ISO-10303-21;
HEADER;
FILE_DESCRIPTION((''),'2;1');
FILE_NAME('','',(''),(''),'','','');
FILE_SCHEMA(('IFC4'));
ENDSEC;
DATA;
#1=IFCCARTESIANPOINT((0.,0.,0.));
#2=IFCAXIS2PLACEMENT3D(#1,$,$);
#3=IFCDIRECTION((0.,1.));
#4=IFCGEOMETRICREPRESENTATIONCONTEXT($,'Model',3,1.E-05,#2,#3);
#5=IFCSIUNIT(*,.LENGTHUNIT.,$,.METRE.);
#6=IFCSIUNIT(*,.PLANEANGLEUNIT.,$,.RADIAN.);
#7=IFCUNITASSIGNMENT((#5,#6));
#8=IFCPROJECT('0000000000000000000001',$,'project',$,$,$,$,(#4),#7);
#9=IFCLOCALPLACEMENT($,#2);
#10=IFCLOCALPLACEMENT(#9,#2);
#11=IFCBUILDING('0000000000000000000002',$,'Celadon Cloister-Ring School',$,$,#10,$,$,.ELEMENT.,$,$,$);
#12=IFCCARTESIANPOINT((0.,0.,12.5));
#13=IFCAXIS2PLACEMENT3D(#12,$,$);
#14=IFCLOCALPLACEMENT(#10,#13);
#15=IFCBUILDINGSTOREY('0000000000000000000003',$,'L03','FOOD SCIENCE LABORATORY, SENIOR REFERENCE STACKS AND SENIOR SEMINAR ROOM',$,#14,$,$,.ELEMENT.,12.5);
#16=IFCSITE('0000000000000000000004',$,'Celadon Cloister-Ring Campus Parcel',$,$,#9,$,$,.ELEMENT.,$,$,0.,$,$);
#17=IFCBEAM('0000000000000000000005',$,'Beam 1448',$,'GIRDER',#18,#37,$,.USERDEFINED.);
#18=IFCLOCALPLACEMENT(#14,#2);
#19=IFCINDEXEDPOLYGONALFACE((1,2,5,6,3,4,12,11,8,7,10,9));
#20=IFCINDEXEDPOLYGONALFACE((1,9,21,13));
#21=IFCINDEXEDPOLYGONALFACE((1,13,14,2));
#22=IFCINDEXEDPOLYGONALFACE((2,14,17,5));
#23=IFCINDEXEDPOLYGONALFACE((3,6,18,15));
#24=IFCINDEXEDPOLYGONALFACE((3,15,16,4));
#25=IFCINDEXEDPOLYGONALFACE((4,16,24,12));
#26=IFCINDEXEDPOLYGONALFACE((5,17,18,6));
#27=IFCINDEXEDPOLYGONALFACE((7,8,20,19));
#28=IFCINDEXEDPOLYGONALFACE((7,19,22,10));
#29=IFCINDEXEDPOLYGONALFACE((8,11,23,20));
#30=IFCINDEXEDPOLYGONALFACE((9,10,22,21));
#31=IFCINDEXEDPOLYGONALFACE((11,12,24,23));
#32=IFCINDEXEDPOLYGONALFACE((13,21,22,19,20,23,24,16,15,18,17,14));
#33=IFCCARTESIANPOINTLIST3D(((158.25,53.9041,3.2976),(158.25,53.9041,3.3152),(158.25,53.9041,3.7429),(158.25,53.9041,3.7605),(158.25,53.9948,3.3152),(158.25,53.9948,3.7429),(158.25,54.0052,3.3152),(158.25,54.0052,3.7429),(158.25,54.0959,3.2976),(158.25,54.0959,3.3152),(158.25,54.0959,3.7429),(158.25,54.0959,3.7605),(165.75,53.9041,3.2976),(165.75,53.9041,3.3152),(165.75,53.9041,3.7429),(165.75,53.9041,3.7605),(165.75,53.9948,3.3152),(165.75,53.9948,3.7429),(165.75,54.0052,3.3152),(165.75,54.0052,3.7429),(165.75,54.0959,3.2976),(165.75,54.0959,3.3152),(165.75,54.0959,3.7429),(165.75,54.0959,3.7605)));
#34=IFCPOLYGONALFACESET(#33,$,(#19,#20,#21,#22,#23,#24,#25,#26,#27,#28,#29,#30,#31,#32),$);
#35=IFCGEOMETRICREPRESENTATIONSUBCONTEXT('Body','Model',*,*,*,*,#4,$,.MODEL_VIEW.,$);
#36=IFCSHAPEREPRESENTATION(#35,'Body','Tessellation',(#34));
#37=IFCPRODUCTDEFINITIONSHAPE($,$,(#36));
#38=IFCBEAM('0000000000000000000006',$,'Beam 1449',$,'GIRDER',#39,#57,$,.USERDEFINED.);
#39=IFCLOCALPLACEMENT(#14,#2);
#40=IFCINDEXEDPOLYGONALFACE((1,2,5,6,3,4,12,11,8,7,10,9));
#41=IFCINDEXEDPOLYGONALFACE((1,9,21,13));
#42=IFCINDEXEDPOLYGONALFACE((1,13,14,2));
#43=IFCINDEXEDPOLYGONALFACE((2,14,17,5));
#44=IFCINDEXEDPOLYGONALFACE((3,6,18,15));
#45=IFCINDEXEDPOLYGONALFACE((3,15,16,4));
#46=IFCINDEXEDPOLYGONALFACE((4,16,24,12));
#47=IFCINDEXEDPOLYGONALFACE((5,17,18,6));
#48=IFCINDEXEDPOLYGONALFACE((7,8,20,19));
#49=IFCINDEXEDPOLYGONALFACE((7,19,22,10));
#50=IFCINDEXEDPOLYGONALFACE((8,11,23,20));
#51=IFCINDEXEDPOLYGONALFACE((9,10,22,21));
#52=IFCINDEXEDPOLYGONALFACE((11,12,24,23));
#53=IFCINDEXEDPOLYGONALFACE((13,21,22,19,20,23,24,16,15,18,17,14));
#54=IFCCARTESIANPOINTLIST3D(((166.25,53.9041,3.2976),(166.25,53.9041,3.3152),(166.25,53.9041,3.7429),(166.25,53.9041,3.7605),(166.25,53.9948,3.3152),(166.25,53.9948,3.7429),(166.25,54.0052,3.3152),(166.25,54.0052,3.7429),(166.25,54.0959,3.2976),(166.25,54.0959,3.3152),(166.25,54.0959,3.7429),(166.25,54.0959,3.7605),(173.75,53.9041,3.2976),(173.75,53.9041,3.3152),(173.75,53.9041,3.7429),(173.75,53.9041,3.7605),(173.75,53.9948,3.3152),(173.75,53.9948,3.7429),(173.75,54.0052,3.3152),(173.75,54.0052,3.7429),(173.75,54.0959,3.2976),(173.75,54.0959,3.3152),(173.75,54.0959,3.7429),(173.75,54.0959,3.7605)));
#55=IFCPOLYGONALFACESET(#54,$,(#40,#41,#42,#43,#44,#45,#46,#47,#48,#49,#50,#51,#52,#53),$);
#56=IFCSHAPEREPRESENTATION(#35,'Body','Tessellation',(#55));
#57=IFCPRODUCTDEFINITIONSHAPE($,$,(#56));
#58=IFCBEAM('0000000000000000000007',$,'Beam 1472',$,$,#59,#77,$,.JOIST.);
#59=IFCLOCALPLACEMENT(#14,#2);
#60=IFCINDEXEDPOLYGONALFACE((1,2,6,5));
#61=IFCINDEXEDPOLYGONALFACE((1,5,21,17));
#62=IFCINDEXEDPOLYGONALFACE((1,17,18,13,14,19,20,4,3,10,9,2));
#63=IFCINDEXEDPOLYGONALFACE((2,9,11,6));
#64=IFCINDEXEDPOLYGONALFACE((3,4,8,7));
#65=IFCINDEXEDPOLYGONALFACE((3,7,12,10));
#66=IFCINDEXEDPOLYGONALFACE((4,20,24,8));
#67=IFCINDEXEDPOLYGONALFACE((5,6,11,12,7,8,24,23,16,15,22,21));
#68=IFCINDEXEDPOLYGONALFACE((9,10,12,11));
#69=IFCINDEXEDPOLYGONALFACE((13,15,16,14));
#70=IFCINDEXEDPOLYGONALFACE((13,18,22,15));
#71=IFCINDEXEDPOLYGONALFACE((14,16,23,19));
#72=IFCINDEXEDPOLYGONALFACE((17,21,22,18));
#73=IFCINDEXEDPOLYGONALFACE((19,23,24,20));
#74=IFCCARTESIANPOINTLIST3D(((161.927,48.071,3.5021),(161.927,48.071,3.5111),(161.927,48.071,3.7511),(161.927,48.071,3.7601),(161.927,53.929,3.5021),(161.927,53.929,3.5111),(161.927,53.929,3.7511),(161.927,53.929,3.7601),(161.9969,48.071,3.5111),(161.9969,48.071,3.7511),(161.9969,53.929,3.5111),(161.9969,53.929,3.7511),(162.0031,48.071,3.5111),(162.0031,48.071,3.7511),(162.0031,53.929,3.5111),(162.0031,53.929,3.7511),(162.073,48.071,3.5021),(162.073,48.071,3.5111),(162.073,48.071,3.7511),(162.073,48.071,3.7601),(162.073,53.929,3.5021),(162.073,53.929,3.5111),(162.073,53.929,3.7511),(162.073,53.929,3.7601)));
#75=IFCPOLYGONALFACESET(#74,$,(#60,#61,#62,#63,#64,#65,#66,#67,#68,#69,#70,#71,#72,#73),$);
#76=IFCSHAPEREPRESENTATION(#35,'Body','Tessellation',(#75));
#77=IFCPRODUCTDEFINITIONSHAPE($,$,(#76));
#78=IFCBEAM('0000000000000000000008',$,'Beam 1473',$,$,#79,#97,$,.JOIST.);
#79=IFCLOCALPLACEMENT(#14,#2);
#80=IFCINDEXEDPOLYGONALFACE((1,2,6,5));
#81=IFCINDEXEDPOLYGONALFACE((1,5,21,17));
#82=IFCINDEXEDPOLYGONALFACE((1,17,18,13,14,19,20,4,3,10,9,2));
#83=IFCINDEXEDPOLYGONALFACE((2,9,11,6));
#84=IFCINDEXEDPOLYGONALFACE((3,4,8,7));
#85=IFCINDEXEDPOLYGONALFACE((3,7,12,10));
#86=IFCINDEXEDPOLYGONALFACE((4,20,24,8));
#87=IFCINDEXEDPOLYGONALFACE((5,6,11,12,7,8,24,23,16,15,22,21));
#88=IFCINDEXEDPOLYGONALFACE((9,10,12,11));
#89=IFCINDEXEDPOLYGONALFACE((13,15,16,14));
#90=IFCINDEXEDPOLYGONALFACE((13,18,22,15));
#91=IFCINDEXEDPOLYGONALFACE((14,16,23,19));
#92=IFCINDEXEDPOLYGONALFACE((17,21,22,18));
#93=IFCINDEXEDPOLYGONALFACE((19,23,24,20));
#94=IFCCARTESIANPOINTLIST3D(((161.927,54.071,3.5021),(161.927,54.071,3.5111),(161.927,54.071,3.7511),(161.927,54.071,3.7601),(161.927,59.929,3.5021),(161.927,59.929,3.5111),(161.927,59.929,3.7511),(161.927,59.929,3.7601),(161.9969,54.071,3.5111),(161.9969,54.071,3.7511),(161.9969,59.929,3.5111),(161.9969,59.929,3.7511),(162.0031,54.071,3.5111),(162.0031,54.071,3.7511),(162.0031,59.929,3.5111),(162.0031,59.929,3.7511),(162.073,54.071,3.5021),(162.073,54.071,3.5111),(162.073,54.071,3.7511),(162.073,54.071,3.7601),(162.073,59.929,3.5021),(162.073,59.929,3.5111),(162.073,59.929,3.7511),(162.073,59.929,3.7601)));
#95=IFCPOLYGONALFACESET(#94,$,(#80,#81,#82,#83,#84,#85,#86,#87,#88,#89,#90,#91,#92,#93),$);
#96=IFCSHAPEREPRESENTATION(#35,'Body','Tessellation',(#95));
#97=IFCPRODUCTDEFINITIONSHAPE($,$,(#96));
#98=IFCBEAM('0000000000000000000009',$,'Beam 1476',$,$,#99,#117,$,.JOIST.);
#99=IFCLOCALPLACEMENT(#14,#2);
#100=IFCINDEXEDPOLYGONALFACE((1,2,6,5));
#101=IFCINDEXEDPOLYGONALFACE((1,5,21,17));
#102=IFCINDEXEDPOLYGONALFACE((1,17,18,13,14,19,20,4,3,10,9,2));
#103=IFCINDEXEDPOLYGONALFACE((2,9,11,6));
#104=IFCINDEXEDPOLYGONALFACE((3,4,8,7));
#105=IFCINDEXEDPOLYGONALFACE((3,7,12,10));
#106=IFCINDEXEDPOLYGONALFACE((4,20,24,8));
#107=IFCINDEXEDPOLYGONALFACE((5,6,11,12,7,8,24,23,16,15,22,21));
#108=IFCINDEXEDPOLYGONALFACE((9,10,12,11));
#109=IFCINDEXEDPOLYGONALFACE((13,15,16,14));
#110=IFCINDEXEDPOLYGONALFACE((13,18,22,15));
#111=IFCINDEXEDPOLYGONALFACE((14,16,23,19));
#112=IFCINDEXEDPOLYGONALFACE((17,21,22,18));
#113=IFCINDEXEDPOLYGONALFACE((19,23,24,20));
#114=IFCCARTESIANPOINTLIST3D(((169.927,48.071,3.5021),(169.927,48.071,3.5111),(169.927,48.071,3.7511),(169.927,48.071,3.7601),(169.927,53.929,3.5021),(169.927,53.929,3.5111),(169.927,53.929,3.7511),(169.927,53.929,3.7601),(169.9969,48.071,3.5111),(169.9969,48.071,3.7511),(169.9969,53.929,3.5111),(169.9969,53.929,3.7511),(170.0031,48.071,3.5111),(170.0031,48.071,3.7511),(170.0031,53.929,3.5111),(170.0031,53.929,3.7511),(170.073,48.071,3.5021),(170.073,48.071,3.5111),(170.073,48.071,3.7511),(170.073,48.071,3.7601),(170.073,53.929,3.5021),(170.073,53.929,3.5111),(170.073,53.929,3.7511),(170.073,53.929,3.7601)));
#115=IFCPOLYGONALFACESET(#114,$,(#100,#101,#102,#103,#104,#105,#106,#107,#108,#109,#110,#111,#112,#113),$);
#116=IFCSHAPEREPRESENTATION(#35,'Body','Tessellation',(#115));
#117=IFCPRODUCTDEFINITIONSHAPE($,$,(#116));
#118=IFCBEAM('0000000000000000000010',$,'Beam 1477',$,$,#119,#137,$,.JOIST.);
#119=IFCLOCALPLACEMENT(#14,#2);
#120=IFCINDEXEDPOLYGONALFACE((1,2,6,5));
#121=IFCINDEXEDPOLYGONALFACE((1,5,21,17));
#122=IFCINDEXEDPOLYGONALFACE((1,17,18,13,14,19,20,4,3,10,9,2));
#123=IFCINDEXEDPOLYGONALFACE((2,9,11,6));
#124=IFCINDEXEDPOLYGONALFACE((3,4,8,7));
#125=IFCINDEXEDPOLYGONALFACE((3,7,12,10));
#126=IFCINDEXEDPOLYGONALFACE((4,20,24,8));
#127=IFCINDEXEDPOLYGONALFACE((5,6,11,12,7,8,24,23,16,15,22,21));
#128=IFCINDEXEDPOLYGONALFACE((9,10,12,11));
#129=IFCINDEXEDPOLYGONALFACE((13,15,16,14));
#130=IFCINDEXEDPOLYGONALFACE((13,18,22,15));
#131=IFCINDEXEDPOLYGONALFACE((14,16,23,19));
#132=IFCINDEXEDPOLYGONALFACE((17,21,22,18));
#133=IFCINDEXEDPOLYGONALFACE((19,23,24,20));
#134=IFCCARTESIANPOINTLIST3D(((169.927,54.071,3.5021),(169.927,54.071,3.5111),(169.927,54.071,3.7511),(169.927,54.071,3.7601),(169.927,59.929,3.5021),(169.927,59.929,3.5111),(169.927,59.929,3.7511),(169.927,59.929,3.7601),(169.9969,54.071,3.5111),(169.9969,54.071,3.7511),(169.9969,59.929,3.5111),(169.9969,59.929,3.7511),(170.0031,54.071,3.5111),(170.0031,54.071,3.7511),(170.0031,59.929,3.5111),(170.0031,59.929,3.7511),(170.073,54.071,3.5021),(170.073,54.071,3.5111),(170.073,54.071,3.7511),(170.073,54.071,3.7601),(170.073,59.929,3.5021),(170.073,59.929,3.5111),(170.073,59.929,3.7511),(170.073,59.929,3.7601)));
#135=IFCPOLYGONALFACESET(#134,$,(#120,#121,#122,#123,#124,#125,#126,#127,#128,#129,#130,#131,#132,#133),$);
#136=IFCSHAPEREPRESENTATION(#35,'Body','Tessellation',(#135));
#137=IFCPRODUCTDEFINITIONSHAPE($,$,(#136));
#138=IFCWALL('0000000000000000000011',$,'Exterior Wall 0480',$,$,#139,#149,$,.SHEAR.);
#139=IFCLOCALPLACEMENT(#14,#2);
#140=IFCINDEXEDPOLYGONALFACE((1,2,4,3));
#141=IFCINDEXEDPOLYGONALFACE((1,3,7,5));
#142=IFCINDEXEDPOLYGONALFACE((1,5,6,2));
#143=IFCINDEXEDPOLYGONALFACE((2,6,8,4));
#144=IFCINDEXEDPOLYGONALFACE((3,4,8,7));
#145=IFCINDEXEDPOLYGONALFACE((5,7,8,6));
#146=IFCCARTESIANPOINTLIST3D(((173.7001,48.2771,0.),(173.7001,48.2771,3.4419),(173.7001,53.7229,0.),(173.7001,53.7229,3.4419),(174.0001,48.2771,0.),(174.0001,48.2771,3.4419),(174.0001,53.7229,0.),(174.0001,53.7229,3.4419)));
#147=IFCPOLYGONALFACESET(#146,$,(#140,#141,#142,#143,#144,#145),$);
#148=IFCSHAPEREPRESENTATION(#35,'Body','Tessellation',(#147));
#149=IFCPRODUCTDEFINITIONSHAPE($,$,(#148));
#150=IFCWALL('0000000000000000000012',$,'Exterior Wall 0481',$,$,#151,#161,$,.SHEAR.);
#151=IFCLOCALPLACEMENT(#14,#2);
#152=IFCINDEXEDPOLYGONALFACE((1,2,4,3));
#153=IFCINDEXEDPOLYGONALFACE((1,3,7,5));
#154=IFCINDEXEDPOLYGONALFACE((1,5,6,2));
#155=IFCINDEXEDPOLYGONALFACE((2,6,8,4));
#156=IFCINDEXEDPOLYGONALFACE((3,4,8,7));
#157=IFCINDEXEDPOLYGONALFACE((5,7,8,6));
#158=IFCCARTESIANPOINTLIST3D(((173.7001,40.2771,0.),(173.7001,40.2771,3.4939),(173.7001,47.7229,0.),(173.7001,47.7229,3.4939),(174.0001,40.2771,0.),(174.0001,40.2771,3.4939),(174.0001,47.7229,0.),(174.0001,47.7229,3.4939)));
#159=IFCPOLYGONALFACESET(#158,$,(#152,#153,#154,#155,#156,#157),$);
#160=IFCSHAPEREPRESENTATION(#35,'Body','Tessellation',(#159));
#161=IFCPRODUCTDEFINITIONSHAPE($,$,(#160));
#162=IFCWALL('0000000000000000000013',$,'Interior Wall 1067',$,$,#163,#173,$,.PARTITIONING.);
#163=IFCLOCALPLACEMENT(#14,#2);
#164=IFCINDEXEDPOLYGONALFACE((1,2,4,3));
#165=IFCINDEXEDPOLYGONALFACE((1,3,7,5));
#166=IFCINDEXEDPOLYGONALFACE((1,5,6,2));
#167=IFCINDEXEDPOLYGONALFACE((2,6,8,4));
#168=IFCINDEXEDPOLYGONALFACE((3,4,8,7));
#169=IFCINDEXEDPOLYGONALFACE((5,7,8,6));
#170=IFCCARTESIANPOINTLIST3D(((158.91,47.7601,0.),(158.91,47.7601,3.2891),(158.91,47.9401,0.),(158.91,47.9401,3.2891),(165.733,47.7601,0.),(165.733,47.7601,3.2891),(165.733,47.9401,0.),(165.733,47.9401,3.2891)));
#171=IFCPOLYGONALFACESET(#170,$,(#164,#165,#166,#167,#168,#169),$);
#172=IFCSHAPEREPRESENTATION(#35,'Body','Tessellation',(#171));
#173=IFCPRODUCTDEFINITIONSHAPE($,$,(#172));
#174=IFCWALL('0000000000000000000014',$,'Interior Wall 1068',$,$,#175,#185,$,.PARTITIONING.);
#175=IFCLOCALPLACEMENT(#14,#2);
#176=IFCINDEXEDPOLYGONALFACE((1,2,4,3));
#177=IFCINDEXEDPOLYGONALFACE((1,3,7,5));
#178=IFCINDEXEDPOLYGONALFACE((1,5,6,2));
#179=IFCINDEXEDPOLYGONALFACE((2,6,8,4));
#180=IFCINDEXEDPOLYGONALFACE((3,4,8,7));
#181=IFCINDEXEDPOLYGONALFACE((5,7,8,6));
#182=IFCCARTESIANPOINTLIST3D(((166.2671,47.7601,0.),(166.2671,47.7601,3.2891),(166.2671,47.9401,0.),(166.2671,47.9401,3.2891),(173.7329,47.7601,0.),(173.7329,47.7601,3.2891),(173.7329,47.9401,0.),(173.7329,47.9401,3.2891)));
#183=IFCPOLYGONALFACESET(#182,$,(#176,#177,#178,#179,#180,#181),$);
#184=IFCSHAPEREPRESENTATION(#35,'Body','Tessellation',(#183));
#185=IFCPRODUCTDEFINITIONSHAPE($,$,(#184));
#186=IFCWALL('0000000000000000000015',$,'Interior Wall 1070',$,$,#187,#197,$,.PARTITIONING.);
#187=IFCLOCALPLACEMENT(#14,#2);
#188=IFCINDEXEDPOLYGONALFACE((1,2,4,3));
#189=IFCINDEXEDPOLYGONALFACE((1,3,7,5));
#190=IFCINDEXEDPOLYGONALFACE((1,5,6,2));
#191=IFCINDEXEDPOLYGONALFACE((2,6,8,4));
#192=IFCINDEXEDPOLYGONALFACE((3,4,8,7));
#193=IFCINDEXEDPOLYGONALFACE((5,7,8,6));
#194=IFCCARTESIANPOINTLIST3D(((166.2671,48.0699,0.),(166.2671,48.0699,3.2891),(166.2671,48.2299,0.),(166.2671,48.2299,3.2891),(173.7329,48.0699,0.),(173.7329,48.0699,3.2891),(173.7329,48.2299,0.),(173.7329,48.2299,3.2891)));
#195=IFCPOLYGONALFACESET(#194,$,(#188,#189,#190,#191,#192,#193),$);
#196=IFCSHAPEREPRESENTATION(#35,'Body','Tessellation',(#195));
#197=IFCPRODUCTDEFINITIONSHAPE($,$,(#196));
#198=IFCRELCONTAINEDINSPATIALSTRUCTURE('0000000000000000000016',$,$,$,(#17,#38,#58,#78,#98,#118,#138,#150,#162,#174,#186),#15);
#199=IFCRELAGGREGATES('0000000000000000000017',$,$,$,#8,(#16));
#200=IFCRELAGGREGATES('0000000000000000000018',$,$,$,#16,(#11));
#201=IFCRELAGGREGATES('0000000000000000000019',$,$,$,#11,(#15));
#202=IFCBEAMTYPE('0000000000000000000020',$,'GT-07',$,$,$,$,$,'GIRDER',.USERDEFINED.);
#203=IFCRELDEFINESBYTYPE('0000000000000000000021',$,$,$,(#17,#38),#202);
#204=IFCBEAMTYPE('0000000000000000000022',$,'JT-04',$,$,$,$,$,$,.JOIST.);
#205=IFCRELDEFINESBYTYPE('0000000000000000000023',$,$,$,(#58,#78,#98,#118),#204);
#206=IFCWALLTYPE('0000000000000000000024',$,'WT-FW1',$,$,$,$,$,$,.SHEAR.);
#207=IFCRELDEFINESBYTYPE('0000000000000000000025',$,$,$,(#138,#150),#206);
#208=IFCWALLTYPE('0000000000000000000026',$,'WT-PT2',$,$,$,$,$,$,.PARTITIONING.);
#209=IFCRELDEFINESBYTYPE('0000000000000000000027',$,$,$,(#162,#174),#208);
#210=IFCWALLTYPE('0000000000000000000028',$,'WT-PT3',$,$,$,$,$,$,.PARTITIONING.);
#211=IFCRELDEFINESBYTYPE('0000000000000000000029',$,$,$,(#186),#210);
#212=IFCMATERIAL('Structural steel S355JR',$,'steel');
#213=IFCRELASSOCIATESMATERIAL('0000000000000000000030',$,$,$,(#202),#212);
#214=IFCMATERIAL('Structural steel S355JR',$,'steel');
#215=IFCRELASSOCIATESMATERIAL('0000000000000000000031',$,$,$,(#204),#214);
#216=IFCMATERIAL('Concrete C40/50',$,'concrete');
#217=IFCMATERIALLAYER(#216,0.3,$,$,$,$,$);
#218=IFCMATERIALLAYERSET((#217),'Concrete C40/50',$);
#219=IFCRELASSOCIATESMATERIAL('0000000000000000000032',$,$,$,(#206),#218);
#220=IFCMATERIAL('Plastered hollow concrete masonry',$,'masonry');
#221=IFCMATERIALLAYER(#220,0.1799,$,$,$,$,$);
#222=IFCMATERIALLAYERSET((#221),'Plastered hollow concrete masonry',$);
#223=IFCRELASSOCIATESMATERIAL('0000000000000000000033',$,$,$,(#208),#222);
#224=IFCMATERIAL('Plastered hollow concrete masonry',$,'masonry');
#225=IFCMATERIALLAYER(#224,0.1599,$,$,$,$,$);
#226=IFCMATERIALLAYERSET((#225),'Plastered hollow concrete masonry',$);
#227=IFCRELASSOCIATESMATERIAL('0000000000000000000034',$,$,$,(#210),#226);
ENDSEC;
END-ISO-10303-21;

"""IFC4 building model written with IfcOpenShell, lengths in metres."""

from ifc_helpers import new_model, si_unit, direction, frame, frame_2d, origin, origin_2d, place, context, subcontext, project, spatial, rectangle, i_section, extrude, material, layer, layer_set, material_profile, profile_set, type_object, element, save


model = new_model("IFC4")

# Units and contexts
model_context = context("Model", 3, precision=1e-05, world=origin(), true_north=direction((0.0, 1.0)))
body_context = subcontext(model_context, "Body", "Model", "MODEL_VIEW")
ifc_project = project(units=[si_unit("LENGTHUNIT", "METRE"), si_unit("PLANEANGLEUNIT", "RADIAN")], contexts=[model_context])

# Site, building, storey
site_placement = place(None, origin())
site = spatial("IfcSite", under=ifc_project, at=site_placement, Name="Celadon Cloister-Ring Campus Parcel", CompositionType="ELEMENT", RefElevation=0.0)
building_placement = place(site_placement, origin())
building = spatial("IfcBuilding", under=site, at=building_placement, Name="Celadon Cloister-Ring School", CompositionType="ELEMENT")
storey_placement = place(building_placement, frame((0.0, 0.0, 12.5)))
storey = spatial("IfcBuildingStorey", under=building, at=storey_placement, Name="L03", Description="FOOD SCIENCE LABORATORY, SENIOR REFERENCE STACKS AND SENIOR SEMINAR ROOM", CompositionType="ELEMENT", Elevation=12.5)

# Beams
ifc_material_1 = material(Name="Structural steel S355JR", Category="steel")
ifc_material_profile_1 = material_profile(ifc_material_1, i_section(OverallWidth=0.1919, OverallDepth=0.4629, WebThickness=0.0105, FlangeThickness=0.0176, at=origin_2d()), Name="W460X89")
ifc_profile_set_1 = profile_set([ifc_material_profile_1], Name="Structural steel S355JR")
beam_type_1 = type_object("IfcBeamType", Name="GT-07", ElementType="GIRDER", PredefinedType="USERDEFINED", material=ifc_profile_set_1)
for number, where, z_axis, x_axis, name in (
    (1, (158.25, 54.0, 3.5291), (1.0, 0.0, 0.0), (0.0, 1.0, 0.0), "Beam 1448"),
    (2, (166.25, 54.0, 3.5291), (1.0, 0.0, 0.0), (0.0, 1.0, 0.0), "Beam 1449"),
):
    element("IfcBeam", number, at=place(storey_placement, frame(where, z_axis=z_axis, x_axis=x_axis)), inside=storey, type_object=beam_type_1, Name=name, ObjectType="GIRDER", PredefinedType="USERDEFINED", context=body_context, shape_type="SweptSolid", body=[
        extrude(i_section(OverallWidth=0.1919, OverallDepth=0.4629, WebThickness=0.0105, FlangeThickness=0.0176, at=origin_2d()), origin(), (0.0, 0.0, 1.0), 7.5),
    ])
ifc_material_2 = material(Name="Structural steel S355JR", Category="steel")
ifc_material_profile_2 = material_profile(ifc_material_2, i_section(OverallWidth=0.146, OverallDepth=0.2581, WebThickness=0.0061, FlangeThickness=0.009, at=origin_2d()), Name="W250X33")
ifc_profile_set_2 = profile_set([ifc_material_profile_2], Name="Structural steel S355JR")
beam_type_2 = type_object("IfcBeamType", Name="JT-04", PredefinedType="JOIST", material=ifc_profile_set_2)
for number, where, z_axis, x_axis, name in (
    (3, (162.0, 48.071, 3.6311), (0.0, 1.0, 0.0), (-1.0, 0.0, 0.0), "Beam 1472"),
    (4, (162.0, 54.071, 3.6311), (0.0, 1.0, 0.0), (-1.0, 0.0, 0.0), "Beam 1473"),
    (5, (170.0, 48.071, 3.6311), (0.0, 1.0, 0.0), (-1.0, 0.0, 0.0), "Beam 1476"),
    (6, (170.0, 54.071, 3.6311), (0.0, 1.0, 0.0), (-1.0, 0.0, 0.0), "Beam 1477"),
):
    element("IfcBeam", number, at=place(storey_placement, frame(where, z_axis=z_axis, x_axis=x_axis)), inside=storey, type_object=beam_type_2, Name=name, PredefinedType="JOIST", context=body_context, shape_type="SweptSolid", body=[
        extrude(i_section(OverallWidth=0.146, OverallDepth=0.2581, WebThickness=0.0061, FlangeThickness=0.009, at=origin_2d()), origin(), (0.0, 0.0, 1.0), 5.8579),
    ])

# Walls
ifc_material_3 = material(Name="Concrete C40/50", Category="concrete")
ifc_layer_1 = layer(ifc_material_3, 0.3)
ifc_layer_set_1 = layer_set([ifc_layer_1], Name="Concrete C40/50")
wall_type_1 = type_object("IfcWallType", Name="WT-FW1", PredefinedType="SHEAR", material=ifc_layer_set_1)
wall_1_placement = place(storey_placement, frame((173.8501, 53.7229, 0.0), z_axis=(0.0, 0.0, 1.0), x_axis=(0.0, -1.0, 0.0)))
element("IfcWall", 7, at=wall_1_placement, inside=storey, type_object=wall_type_1, Name="Exterior Wall 0480", PredefinedType="SHEAR", context=body_context, shape_type="SweptSolid", body=[
    extrude(rectangle(XDim=5.4458, YDim=0.3, at=frame_2d((2.7229, 0.0))), origin(), (0.0, 0.0, 1.0), 3.4419),
])
wall_2_placement = place(storey_placement, frame((173.8501, 47.7229, 0.0), z_axis=(0.0, 0.0, 1.0), x_axis=(0.0, -1.0, 0.0)))
element("IfcWall", 8, at=wall_2_placement, inside=storey, type_object=wall_type_1, Name="Exterior Wall 0481", PredefinedType="SHEAR", context=body_context, shape_type="SweptSolid", body=[
    extrude(rectangle(XDim=7.4458, YDim=0.3, at=frame_2d((3.7229, 0.0))), origin(), (0.0, 0.0, 1.0), 3.4939),
])
ifc_material_4 = material(Name="Plastered hollow concrete masonry", Category="masonry")
ifc_layer_2 = layer(ifc_material_4, 0.1799)
ifc_layer_set_2 = layer_set([ifc_layer_2], Name="Plastered hollow concrete masonry")
wall_type_2 = type_object("IfcWallType", Name="WT-PT2", PredefinedType="PARTITIONING", material=ifc_layer_set_2)
wall_3_placement = place(storey_placement, frame((158.9099, 47.8501, 0.0), z_axis=(0.0, 0.0, 1.0), x_axis=(1.0, 0.0, 0.0)))
element("IfcWall", 9, at=wall_3_placement, inside=storey, type_object=wall_type_2, Name="Interior Wall 1067", PredefinedType="PARTITIONING", context=body_context, shape_type="SweptSolid", body=[
    extrude(rectangle(XDim=6.823, YDim=0.1799, at=frame_2d((3.4116, 0.0))), origin(), (0.0, 0.0, 1.0), 3.2891),
])
wall_4_placement = place(storey_placement, frame((166.2671, 47.8501, 0.0), z_axis=(0.0, 0.0, 1.0), x_axis=(1.0, 0.0, 0.0)))
element("IfcWall", 10, at=wall_4_placement, inside=storey, type_object=wall_type_2, Name="Interior Wall 1068", PredefinedType="PARTITIONING", context=body_context, shape_type="SweptSolid", body=[
    extrude(rectangle(XDim=7.4658, YDim=0.1799, at=frame_2d((3.7329, 0.0))), origin(), (0.0, 0.0, 1.0), 3.2891),
])
ifc_material_5 = material(Name="Plastered hollow concrete masonry", Category="masonry")
ifc_layer_3 = layer(ifc_material_5, 0.1599)
ifc_layer_set_3 = layer_set([ifc_layer_3], Name="Plastered hollow concrete masonry")
wall_type_3 = type_object("IfcWallType", Name="WT-PT3", PredefinedType="PARTITIONING", material=ifc_layer_set_3)
wall_5_placement = place(storey_placement, frame((173.7329, 48.1499, 0.0), z_axis=(0.0, 0.0, 1.0), x_axis=(-1.0, 0.0, 0.0)))
element("IfcWall", 11, at=wall_5_placement, inside=storey, type_object=wall_type_3, Name="Interior Wall 1070", PredefinedType="PARTITIONING", context=body_context, shape_type="SweptSolid", body=[
    extrude(rectangle(XDim=7.4658, YDim=0.1599, at=frame_2d((3.7329, 0.0))), origin(), (0.0, 0.0, 1.0), 3.2891),
])

save(model, "model.ifc")
